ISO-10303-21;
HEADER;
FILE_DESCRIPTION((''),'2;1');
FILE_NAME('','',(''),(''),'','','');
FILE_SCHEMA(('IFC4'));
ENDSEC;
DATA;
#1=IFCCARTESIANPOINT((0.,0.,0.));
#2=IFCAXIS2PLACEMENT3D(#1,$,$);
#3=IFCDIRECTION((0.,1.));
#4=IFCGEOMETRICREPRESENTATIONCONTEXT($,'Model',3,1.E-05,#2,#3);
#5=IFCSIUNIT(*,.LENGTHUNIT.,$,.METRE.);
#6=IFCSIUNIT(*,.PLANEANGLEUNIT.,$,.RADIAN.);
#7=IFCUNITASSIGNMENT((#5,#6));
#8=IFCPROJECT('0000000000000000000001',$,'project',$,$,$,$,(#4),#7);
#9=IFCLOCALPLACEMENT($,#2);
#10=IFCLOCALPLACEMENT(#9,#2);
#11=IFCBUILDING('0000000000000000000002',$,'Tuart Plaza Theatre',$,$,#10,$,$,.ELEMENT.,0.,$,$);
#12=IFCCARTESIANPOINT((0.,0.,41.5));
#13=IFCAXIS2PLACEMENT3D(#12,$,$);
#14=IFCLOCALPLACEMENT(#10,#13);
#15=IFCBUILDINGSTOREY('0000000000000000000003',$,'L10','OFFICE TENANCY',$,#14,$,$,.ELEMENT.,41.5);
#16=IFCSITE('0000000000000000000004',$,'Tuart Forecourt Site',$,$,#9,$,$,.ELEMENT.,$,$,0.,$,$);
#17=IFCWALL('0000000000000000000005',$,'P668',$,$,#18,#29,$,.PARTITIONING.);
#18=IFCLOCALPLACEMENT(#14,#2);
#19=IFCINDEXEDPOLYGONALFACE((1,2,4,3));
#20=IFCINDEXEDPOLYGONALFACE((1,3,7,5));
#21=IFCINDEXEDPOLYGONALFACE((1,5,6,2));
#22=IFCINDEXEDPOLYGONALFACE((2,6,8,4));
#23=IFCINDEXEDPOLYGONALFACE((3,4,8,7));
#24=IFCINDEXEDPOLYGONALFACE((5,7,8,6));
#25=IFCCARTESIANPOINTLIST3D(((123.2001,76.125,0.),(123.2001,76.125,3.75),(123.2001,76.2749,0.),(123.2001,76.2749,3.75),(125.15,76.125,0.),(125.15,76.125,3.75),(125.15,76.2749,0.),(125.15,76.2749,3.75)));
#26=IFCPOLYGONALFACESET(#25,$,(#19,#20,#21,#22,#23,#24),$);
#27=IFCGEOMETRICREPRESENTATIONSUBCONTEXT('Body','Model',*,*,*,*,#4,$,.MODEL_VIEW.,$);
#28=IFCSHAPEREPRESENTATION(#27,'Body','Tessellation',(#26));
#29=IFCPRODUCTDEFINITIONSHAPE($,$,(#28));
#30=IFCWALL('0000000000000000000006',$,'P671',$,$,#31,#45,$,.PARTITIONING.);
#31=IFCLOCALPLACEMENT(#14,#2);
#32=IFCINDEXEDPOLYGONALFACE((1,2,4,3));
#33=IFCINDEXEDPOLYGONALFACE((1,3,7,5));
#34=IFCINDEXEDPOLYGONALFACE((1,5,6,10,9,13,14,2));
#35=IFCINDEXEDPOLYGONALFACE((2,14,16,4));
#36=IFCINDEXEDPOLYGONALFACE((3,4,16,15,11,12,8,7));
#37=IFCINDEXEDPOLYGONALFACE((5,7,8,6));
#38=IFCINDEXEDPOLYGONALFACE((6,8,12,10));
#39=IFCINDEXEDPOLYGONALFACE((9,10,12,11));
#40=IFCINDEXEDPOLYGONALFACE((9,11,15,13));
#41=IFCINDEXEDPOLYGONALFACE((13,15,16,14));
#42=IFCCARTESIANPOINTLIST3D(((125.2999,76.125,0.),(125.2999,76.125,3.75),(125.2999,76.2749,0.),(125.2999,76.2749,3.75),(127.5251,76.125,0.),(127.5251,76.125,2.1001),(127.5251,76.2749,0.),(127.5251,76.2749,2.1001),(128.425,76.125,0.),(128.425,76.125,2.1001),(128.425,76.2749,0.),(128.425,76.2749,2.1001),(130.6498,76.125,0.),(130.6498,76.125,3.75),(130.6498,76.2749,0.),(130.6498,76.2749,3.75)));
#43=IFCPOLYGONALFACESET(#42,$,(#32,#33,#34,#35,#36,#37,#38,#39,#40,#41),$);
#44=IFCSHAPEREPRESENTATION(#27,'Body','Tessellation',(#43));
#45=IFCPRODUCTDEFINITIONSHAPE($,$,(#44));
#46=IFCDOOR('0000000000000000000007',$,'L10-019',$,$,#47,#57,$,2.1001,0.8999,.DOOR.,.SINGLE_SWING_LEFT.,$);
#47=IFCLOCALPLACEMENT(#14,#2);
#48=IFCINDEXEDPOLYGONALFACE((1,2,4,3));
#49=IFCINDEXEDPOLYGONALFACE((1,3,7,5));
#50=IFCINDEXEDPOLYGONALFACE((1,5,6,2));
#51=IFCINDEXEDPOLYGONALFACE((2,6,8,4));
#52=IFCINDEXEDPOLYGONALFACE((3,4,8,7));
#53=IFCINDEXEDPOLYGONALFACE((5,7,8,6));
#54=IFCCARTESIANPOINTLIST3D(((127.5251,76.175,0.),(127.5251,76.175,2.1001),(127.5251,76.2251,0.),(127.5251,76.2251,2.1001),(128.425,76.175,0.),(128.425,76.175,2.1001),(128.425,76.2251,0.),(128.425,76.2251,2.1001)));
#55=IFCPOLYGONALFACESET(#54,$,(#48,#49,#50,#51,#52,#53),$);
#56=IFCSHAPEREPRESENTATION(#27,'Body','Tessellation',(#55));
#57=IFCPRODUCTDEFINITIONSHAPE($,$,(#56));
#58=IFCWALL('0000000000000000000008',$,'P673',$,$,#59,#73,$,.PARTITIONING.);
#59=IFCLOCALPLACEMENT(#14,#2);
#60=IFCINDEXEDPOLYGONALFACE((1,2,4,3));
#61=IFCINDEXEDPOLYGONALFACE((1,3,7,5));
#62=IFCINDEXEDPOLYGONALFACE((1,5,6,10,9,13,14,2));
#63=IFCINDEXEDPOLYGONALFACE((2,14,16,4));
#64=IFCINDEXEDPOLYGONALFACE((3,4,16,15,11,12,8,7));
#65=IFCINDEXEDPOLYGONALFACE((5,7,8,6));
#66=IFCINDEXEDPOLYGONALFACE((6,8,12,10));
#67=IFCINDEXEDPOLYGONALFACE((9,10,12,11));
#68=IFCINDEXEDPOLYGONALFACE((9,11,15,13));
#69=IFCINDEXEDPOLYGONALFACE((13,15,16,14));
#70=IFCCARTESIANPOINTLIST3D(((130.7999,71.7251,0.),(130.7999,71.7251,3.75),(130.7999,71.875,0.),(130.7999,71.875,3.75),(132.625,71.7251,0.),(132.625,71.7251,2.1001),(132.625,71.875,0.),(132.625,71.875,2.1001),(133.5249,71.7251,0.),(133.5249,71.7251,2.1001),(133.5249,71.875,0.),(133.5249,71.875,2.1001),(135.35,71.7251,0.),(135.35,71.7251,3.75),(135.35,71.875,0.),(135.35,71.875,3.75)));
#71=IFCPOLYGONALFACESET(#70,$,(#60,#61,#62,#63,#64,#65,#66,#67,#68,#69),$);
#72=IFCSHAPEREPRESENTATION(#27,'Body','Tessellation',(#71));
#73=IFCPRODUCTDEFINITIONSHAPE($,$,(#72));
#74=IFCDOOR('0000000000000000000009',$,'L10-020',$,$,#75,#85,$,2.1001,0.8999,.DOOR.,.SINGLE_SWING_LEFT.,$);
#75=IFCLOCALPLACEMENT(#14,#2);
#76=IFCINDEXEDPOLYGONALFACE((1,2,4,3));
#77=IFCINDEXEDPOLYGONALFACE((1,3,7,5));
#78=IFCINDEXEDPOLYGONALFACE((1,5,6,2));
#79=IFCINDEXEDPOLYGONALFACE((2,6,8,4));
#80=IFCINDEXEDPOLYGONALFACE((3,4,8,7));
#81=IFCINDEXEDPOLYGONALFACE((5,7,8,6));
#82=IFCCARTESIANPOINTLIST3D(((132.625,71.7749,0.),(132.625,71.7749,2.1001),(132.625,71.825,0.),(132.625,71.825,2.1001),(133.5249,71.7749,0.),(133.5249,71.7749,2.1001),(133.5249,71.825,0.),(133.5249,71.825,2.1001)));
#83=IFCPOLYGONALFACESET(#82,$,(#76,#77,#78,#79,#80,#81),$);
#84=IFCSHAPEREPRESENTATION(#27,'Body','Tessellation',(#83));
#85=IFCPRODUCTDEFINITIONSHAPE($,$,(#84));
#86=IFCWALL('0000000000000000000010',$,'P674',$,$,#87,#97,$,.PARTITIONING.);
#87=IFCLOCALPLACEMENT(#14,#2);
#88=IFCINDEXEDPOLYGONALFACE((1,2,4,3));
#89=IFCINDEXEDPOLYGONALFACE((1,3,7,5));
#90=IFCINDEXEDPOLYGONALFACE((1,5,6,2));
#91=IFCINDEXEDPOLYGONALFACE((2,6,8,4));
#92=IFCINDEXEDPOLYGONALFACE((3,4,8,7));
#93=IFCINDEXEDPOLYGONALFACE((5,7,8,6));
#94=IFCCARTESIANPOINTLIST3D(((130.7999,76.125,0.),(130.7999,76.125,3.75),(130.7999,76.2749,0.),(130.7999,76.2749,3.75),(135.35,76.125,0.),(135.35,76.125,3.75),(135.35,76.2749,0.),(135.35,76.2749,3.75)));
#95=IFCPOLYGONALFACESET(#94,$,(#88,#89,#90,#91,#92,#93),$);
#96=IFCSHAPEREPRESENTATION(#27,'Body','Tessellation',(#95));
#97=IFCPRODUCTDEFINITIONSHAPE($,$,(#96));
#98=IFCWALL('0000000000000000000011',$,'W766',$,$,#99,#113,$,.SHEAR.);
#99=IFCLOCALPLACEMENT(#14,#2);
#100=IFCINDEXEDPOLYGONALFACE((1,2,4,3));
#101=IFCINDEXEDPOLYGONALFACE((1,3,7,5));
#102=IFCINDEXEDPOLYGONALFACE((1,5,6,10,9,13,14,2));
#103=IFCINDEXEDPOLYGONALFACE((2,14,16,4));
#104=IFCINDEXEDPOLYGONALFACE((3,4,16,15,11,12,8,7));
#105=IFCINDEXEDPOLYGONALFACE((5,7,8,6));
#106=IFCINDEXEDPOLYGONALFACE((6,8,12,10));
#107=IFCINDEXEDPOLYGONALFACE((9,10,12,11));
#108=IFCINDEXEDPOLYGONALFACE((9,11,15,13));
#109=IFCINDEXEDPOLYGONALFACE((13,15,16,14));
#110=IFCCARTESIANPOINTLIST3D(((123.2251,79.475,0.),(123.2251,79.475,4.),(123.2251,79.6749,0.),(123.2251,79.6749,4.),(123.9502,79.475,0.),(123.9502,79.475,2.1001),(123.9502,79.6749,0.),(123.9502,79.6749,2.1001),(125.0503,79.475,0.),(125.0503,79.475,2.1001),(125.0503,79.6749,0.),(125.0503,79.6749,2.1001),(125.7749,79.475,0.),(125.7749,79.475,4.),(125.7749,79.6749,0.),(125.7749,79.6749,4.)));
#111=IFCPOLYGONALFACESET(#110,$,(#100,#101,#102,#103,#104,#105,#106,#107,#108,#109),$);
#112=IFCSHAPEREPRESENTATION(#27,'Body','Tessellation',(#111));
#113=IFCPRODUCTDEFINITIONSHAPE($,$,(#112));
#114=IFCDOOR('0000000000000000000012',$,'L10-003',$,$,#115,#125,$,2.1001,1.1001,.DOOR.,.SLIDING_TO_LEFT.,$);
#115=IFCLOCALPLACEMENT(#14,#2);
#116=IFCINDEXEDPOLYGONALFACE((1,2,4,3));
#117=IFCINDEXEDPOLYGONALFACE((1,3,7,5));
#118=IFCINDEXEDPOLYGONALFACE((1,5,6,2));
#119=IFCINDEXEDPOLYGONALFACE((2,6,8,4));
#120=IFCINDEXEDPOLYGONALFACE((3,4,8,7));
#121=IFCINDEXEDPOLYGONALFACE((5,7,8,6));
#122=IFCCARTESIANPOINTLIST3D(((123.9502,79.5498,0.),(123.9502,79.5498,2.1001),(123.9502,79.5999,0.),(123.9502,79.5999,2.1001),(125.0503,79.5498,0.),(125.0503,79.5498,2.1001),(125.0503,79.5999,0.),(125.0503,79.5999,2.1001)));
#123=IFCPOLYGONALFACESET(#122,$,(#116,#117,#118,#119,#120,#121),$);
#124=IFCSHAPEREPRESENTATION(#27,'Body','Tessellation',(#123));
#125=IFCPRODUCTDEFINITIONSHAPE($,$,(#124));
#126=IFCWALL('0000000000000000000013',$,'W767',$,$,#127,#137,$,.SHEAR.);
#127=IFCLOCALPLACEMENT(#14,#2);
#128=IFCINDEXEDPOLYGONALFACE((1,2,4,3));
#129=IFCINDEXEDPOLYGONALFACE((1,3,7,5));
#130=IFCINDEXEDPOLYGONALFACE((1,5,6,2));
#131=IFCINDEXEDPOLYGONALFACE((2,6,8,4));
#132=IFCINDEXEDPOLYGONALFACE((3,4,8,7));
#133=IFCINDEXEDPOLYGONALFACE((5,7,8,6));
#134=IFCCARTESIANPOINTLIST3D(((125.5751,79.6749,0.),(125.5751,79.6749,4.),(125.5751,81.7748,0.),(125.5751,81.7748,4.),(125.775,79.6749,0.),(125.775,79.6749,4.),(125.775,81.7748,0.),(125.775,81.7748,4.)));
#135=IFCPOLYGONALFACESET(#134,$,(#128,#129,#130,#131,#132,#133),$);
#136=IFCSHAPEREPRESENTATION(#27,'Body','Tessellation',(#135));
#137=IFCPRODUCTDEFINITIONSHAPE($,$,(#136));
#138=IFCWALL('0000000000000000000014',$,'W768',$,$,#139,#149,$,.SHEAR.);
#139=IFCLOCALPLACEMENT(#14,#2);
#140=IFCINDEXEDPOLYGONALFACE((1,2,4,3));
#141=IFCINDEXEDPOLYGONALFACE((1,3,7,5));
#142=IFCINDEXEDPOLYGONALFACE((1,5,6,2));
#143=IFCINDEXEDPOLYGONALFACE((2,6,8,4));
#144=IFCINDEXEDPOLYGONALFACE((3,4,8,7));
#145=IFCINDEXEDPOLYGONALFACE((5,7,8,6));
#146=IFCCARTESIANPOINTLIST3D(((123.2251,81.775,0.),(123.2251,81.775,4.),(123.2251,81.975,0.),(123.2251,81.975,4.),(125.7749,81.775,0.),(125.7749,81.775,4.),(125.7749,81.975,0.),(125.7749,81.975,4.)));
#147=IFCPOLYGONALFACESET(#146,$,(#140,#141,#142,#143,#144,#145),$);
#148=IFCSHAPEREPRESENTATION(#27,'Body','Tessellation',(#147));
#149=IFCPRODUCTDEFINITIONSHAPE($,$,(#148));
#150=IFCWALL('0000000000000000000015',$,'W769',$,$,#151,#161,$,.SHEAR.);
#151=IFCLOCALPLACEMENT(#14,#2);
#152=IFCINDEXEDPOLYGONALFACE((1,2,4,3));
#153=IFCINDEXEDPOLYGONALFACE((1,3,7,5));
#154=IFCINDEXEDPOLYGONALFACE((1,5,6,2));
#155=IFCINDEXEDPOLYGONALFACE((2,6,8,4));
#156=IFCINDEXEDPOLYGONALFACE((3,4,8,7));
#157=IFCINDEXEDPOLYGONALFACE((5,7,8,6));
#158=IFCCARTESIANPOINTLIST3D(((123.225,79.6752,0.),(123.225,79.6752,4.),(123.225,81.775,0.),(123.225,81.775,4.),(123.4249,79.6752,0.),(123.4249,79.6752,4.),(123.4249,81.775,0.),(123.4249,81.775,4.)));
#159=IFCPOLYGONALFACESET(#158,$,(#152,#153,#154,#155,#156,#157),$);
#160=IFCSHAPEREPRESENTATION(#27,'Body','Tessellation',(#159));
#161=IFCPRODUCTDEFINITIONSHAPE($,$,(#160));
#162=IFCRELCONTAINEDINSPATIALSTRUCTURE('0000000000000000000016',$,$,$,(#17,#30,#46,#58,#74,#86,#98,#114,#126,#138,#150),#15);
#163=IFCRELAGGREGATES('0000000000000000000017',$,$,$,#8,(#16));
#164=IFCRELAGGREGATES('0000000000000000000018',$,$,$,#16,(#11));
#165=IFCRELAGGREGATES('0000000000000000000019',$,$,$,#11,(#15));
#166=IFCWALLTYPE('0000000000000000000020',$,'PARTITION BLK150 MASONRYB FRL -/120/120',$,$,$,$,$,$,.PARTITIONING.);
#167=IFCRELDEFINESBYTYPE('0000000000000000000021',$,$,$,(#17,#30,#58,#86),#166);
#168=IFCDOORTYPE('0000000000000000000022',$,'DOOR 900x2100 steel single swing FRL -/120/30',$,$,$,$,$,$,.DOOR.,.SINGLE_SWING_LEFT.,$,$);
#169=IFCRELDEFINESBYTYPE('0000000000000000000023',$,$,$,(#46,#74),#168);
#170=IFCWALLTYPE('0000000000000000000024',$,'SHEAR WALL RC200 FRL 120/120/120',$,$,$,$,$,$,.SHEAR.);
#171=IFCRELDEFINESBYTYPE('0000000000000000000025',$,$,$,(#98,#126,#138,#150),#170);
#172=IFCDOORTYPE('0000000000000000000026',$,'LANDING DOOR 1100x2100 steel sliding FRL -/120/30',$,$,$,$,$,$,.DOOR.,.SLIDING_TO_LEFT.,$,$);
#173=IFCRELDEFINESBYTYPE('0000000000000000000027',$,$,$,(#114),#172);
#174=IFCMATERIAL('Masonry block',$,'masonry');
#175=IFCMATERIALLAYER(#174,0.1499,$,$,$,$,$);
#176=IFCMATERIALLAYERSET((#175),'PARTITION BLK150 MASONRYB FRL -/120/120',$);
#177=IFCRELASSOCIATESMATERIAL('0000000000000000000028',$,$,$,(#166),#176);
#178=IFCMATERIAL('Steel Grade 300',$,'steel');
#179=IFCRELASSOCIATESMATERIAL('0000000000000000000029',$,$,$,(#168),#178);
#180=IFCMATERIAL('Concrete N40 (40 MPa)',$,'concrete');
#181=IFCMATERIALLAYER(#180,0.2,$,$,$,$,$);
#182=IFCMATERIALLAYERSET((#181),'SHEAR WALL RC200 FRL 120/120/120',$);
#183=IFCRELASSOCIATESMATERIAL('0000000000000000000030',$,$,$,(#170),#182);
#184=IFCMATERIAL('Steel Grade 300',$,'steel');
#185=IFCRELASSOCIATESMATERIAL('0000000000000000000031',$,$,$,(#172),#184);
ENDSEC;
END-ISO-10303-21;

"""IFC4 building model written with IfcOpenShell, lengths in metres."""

from ifc_helpers import new_model, si_unit, direction, frame, frame_2d, origin, place, context, subcontext, project, spatial, rectangle, extrude, material, layer, layer_set, type_object, element, fill, save


model = new_model("IFC4")

# Units and contexts
model_context = context("Model", 3, precision=1e-05, world=origin(), true_north=direction((0.0, 1.0)))
body_context = subcontext(model_context, "Body", "Model", "MODEL_VIEW")
ifc_project = project(units=[si_unit("LENGTHUNIT", "METRE"), si_unit("PLANEANGLEUNIT", "RADIAN")], contexts=[model_context])

# Site, building, storey
site_placement = place(None, origin())
site = spatial("IfcSite", under=ifc_project, at=site_placement, Name="Tuart Forecourt Site", CompositionType="ELEMENT", RefElevation=0.0)
building_placement = place(site_placement, origin())
building = spatial("IfcBuilding", under=site, at=building_placement, Name="Tuart Plaza Theatre", CompositionType="ELEMENT", ElevationOfRefHeight=0.0)
storey_placement = place(building_placement, frame((0.0, 0.0, 41.5)))
storey = spatial("IfcBuildingStorey", under=building, at=storey_placement, Name="L10", Description="OFFICE TENANCY", CompositionType="ELEMENT", Elevation=41.5)

# Wall
ifc_material_1 = material(Name="Masonry block", Category="masonry")
ifc_layer_1 = layer(ifc_material_1, 0.1499)
ifc_layer_set_1 = layer_set([ifc_layer_1], Name="PARTITION BLK150 MASONRYB FRL -/120/120")
wall_type_1 = type_object("IfcWallType", Name="PARTITION BLK150 MASONRYB FRL -/120/120", PredefinedType="PARTITIONING", material=ifc_layer_set_1)
wall_1_placement = place(storey_placement, frame((123.2, 76.2, 0.0), z_axis=(0.0, 0.0, 1.0), x_axis=(1.0, 0.0, 0.0)))
element("IfcWall", 1, at=wall_1_placement, inside=storey, type_object=wall_type_1, Name="P668", PredefinedType="PARTITIONING", context=body_context, shape_type="SweptSolid", body=[
    extrude(rectangle(XDim=1.95, YDim=0.1499, at=frame_2d((0.9751, 0.0))), origin(), (0.0, 0.0, 1.0), 3.75),
])

# Walls, openings, doors
wall_2_placement = place(storey_placement, frame((125.3, 76.2, 0.0), z_axis=(0.0, 0.0, 1.0), x_axis=(1.0, 0.0, 0.0)))
wall_2 = element("IfcWall", 2, at=wall_2_placement, inside=storey, type_object=wall_type_1, Name="P671", PredefinedType="PARTITIONING", context=body_context, shape_type="SweptSolid", body=[
    extrude(rectangle(XDim=5.3499, YDim=0.1499, at=frame_2d((2.6748, 0.0))), origin(), (0.0, 0.0, 1.0), 3.75),
])
opening_1_placement = place(wall_2_placement, frame((2.2251, 0.0, 0.0)))
opening_1 = element("IfcOpeningElement", 3, at=opening_1_placement, cuts=wall_2, PredefinedType="OPENING", context=body_context, shape_type="SweptSolid", body=[
    extrude(rectangle(XDim=0.8999, YDim=2.1001, at=frame_2d((0.45, 1.05))), frame((0.0, 0.085, 0.0), z_axis=(0.0, -1.0, 0.0), x_axis=(1.0, 0.0, 0.0)), (0.0, 0.0, 1.0), 0.1699),
])
ifc_material_2 = material(Name="Steel Grade 300", Category="steel")
door_type_1 = type_object("IfcDoorType", Name="DOOR 900x2100 steel single swing FRL -/120/30", OperationType="SINGLE_SWING_LEFT", PredefinedType="DOOR", material=ifc_material_2)
door_1_placement = place(opening_1_placement, frame((0.8999, 0.0, 0.0), z_axis=(0.0, 0.0, 1.0), x_axis=(-1.0, 0.0, 0.0)))
door_1 = element("IfcDoor", 4, at=door_1_placement, inside=storey, type_object=door_type_1, Name="L10-019", OperationType="SINGLE_SWING_LEFT", OverallHeight=2.1001, OverallWidth=0.8999, PredefinedType="DOOR", context=body_context, shape_type="SweptSolid", body=[
    extrude(rectangle(XDim=0.8999, YDim=2.1001, at=frame_2d((0.45, 1.05))), frame((0.0, 0.0249, 0.0), z_axis=(0.0, -1.0, 0.0), x_axis=(1.0, 0.0, 0.0)), (0.0, 0.0, 1.0), 0.05),
])
fill(opening_1, door_1)
wall_3_placement = place(storey_placement, frame((130.8, 71.8, 0.0), z_axis=(0.0, 0.0, 1.0), x_axis=(1.0, 0.0, 0.0)))
wall_3 = element("IfcWall", 5, at=wall_3_placement, inside=storey, type_object=wall_type_1, Name="P673", PredefinedType="PARTITIONING", context=body_context, shape_type="SweptSolid", body=[
    extrude(rectangle(XDim=4.55, YDim=0.1499, at=frame_2d((2.2749, 0.0))), origin(), (0.0, 0.0, 1.0), 3.75),
])
opening_2_placement = place(wall_3_placement, frame((1.825, 0.0, 0.0)))
opening_2 = element("IfcOpeningElement", 6, at=opening_2_placement, cuts=wall_3, PredefinedType="OPENING", context=body_context, shape_type="SweptSolid", body=[
    extrude(rectangle(XDim=0.8999, YDim=2.1001, at=frame_2d((0.45, 1.05))), frame((0.0, 0.085, 0.0), z_axis=(0.0, -1.0, 0.0), x_axis=(1.0, 0.0, 0.0)), (0.0, 0.0, 1.0), 0.1699),
])
door_2_placement = place(opening_2_placement, origin())
door_2 = element("IfcDoor", 7, at=door_2_placement, inside=storey, type_object=door_type_1, Name="L10-020", OperationType="SINGLE_SWING_LEFT", OverallHeight=2.1001, OverallWidth=0.8999, PredefinedType="DOOR", context=body_context, shape_type="SweptSolid", body=[
    extrude(rectangle(XDim=0.8999, YDim=2.1001, at=frame_2d((0.45, 1.05))), frame((0.0, 0.0249, 0.0), z_axis=(0.0, -1.0, 0.0), x_axis=(1.0, 0.0, 0.0)), (0.0, 0.0, 1.0), 0.05),
])
fill(opening_2, door_2)

# Wall
wall_4_placement = place(storey_placement, frame((130.8, 76.2, 0.0), z_axis=(0.0, 0.0, 1.0), x_axis=(1.0, 0.0, 0.0)))
element("IfcWall", 8, at=wall_4_placement, inside=storey, type_object=wall_type_1, Name="P674", PredefinedType="PARTITIONING", context=body_context, shape_type="SweptSolid", body=[
    extrude(rectangle(XDim=4.55, YDim=0.1499, at=frame_2d((2.2749, 0.0))), origin(), (0.0, 0.0, 1.0), 3.75),
])

# Wall, opening, door
ifc_material_3 = material(Name="Concrete N40 (40 MPa)", Category="concrete")
ifc_layer_2 = layer(ifc_material_3, 0.2)
ifc_layer_set_2 = layer_set([ifc_layer_2], Name="SHEAR WALL RC200 FRL 120/120/120")
wall_type_2 = type_object("IfcWallType", Name="SHEAR WALL RC200 FRL 120/120/120", PredefinedType="SHEAR", material=ifc_layer_set_2)
wall_5_placement = place(storey_placement, frame((123.2251, 79.575, 0.0), z_axis=(0.0, 0.0, 1.0), x_axis=(1.0, 0.0, 0.0)))
wall_5 = element("IfcWall", 9, at=wall_5_placement, inside=storey, type_object=wall_type_2, Name="W766", PredefinedType="SHEAR", context=body_context, shape_type="SweptSolid", body=[
    extrude(rectangle(XDim=2.5498, YDim=0.2, at=frame_2d((1.2749, 0.0))), origin(), (0.0, 0.0, 1.0), 4.0),
])
opening_3_placement = place(wall_5_placement, frame((0.7251, 0.0, 0.0)))
opening_3 = element("IfcOpeningElement", 10, at=opening_3_placement, cuts=wall_5, PredefinedType="OPENING", context=body_context, shape_type="SweptSolid", body=[
    extrude(rectangle(XDim=1.1001, YDim=2.1001, at=frame_2d((0.55, 1.05))), frame((0.0, 0.1099, 0.0), z_axis=(0.0, -1.0, 0.0), x_axis=(1.0, 0.0, 0.0)), (0.0, 0.0, 1.0), 0.22),
])
ifc_material_4 = material(Name="Steel Grade 300", Category="steel")
door_type_2 = type_object("IfcDoorType", Name="LANDING DOOR 1100x2100 steel sliding FRL -/120/30", OperationType="SLIDING_TO_LEFT", PredefinedType="DOOR", material=ifc_material_4)
door_3_placement = place(opening_3_placement, origin())
door_3 = element("IfcDoor", 11, at=door_3_placement, inside=storey, type_object=door_type_2, Name="L10-003", OperationType="SLIDING_TO_LEFT", OverallHeight=2.1001, OverallWidth=1.1001, PredefinedType="DOOR", context=body_context, shape_type="SweptSolid", body=[
    extrude(rectangle(XDim=1.1001, YDim=2.1001, at=frame_2d((0.55, 1.05))), frame((0.0, 0.0249, 0.0), z_axis=(0.0, -1.0, 0.0), x_axis=(1.0, 0.0, 0.0)), (0.0, 0.0, 1.0), 0.05),
])
fill(opening_3, door_3)

# Walls
wall_6_placement = place(storey_placement, frame((125.675, 79.675, 0.0), z_axis=(0.0, 0.0, 1.0), x_axis=(0.0, 1.0, 0.0)))
element("IfcWall", 12, at=wall_6_placement, inside=storey, type_object=wall_type_2, Name="W767", PredefinedType="SHEAR", context=body_context, shape_type="SweptSolid", body=[
    extrude(rectangle(XDim=2.0999, YDim=0.2, at=frame_2d((1.0498, 0.0))), origin(), (0.0, 0.0, 1.0), 4.0),
])
wall_7_placement = place(storey_placement, frame((125.7749, 81.875, 0.0), z_axis=(0.0, 0.0, 1.0), x_axis=(-1.0, 0.0, 0.0)))
element("IfcWall", 13, at=wall_7_placement, inside=storey, type_object=wall_type_2, Name="W768", PredefinedType="SHEAR", context=body_context, shape_type="SweptSolid", body=[
    extrude(rectangle(XDim=2.5498, YDim=0.2, at=frame_2d((1.2749, 0.0))), origin(), (0.0, 0.0, 1.0), 4.0),
])
wall_8_placement = place(storey_placement, frame((123.325, 81.7749, 0.0), z_axis=(0.0, 0.0, 1.0), x_axis=(0.0, -1.0, 0.0)))
element("IfcWall", 14, at=wall_8_placement, inside=storey, type_object=wall_type_2, Name="W769", PredefinedType="SHEAR", context=body_context, shape_type="SweptSolid", body=[
    extrude(rectangle(XDim=2.0999, YDim=0.2, at=frame_2d((1.0498, 0.0))), origin(), (0.0, 0.0, 1.0), 4.0),
])

save(model, "model.ifc")
